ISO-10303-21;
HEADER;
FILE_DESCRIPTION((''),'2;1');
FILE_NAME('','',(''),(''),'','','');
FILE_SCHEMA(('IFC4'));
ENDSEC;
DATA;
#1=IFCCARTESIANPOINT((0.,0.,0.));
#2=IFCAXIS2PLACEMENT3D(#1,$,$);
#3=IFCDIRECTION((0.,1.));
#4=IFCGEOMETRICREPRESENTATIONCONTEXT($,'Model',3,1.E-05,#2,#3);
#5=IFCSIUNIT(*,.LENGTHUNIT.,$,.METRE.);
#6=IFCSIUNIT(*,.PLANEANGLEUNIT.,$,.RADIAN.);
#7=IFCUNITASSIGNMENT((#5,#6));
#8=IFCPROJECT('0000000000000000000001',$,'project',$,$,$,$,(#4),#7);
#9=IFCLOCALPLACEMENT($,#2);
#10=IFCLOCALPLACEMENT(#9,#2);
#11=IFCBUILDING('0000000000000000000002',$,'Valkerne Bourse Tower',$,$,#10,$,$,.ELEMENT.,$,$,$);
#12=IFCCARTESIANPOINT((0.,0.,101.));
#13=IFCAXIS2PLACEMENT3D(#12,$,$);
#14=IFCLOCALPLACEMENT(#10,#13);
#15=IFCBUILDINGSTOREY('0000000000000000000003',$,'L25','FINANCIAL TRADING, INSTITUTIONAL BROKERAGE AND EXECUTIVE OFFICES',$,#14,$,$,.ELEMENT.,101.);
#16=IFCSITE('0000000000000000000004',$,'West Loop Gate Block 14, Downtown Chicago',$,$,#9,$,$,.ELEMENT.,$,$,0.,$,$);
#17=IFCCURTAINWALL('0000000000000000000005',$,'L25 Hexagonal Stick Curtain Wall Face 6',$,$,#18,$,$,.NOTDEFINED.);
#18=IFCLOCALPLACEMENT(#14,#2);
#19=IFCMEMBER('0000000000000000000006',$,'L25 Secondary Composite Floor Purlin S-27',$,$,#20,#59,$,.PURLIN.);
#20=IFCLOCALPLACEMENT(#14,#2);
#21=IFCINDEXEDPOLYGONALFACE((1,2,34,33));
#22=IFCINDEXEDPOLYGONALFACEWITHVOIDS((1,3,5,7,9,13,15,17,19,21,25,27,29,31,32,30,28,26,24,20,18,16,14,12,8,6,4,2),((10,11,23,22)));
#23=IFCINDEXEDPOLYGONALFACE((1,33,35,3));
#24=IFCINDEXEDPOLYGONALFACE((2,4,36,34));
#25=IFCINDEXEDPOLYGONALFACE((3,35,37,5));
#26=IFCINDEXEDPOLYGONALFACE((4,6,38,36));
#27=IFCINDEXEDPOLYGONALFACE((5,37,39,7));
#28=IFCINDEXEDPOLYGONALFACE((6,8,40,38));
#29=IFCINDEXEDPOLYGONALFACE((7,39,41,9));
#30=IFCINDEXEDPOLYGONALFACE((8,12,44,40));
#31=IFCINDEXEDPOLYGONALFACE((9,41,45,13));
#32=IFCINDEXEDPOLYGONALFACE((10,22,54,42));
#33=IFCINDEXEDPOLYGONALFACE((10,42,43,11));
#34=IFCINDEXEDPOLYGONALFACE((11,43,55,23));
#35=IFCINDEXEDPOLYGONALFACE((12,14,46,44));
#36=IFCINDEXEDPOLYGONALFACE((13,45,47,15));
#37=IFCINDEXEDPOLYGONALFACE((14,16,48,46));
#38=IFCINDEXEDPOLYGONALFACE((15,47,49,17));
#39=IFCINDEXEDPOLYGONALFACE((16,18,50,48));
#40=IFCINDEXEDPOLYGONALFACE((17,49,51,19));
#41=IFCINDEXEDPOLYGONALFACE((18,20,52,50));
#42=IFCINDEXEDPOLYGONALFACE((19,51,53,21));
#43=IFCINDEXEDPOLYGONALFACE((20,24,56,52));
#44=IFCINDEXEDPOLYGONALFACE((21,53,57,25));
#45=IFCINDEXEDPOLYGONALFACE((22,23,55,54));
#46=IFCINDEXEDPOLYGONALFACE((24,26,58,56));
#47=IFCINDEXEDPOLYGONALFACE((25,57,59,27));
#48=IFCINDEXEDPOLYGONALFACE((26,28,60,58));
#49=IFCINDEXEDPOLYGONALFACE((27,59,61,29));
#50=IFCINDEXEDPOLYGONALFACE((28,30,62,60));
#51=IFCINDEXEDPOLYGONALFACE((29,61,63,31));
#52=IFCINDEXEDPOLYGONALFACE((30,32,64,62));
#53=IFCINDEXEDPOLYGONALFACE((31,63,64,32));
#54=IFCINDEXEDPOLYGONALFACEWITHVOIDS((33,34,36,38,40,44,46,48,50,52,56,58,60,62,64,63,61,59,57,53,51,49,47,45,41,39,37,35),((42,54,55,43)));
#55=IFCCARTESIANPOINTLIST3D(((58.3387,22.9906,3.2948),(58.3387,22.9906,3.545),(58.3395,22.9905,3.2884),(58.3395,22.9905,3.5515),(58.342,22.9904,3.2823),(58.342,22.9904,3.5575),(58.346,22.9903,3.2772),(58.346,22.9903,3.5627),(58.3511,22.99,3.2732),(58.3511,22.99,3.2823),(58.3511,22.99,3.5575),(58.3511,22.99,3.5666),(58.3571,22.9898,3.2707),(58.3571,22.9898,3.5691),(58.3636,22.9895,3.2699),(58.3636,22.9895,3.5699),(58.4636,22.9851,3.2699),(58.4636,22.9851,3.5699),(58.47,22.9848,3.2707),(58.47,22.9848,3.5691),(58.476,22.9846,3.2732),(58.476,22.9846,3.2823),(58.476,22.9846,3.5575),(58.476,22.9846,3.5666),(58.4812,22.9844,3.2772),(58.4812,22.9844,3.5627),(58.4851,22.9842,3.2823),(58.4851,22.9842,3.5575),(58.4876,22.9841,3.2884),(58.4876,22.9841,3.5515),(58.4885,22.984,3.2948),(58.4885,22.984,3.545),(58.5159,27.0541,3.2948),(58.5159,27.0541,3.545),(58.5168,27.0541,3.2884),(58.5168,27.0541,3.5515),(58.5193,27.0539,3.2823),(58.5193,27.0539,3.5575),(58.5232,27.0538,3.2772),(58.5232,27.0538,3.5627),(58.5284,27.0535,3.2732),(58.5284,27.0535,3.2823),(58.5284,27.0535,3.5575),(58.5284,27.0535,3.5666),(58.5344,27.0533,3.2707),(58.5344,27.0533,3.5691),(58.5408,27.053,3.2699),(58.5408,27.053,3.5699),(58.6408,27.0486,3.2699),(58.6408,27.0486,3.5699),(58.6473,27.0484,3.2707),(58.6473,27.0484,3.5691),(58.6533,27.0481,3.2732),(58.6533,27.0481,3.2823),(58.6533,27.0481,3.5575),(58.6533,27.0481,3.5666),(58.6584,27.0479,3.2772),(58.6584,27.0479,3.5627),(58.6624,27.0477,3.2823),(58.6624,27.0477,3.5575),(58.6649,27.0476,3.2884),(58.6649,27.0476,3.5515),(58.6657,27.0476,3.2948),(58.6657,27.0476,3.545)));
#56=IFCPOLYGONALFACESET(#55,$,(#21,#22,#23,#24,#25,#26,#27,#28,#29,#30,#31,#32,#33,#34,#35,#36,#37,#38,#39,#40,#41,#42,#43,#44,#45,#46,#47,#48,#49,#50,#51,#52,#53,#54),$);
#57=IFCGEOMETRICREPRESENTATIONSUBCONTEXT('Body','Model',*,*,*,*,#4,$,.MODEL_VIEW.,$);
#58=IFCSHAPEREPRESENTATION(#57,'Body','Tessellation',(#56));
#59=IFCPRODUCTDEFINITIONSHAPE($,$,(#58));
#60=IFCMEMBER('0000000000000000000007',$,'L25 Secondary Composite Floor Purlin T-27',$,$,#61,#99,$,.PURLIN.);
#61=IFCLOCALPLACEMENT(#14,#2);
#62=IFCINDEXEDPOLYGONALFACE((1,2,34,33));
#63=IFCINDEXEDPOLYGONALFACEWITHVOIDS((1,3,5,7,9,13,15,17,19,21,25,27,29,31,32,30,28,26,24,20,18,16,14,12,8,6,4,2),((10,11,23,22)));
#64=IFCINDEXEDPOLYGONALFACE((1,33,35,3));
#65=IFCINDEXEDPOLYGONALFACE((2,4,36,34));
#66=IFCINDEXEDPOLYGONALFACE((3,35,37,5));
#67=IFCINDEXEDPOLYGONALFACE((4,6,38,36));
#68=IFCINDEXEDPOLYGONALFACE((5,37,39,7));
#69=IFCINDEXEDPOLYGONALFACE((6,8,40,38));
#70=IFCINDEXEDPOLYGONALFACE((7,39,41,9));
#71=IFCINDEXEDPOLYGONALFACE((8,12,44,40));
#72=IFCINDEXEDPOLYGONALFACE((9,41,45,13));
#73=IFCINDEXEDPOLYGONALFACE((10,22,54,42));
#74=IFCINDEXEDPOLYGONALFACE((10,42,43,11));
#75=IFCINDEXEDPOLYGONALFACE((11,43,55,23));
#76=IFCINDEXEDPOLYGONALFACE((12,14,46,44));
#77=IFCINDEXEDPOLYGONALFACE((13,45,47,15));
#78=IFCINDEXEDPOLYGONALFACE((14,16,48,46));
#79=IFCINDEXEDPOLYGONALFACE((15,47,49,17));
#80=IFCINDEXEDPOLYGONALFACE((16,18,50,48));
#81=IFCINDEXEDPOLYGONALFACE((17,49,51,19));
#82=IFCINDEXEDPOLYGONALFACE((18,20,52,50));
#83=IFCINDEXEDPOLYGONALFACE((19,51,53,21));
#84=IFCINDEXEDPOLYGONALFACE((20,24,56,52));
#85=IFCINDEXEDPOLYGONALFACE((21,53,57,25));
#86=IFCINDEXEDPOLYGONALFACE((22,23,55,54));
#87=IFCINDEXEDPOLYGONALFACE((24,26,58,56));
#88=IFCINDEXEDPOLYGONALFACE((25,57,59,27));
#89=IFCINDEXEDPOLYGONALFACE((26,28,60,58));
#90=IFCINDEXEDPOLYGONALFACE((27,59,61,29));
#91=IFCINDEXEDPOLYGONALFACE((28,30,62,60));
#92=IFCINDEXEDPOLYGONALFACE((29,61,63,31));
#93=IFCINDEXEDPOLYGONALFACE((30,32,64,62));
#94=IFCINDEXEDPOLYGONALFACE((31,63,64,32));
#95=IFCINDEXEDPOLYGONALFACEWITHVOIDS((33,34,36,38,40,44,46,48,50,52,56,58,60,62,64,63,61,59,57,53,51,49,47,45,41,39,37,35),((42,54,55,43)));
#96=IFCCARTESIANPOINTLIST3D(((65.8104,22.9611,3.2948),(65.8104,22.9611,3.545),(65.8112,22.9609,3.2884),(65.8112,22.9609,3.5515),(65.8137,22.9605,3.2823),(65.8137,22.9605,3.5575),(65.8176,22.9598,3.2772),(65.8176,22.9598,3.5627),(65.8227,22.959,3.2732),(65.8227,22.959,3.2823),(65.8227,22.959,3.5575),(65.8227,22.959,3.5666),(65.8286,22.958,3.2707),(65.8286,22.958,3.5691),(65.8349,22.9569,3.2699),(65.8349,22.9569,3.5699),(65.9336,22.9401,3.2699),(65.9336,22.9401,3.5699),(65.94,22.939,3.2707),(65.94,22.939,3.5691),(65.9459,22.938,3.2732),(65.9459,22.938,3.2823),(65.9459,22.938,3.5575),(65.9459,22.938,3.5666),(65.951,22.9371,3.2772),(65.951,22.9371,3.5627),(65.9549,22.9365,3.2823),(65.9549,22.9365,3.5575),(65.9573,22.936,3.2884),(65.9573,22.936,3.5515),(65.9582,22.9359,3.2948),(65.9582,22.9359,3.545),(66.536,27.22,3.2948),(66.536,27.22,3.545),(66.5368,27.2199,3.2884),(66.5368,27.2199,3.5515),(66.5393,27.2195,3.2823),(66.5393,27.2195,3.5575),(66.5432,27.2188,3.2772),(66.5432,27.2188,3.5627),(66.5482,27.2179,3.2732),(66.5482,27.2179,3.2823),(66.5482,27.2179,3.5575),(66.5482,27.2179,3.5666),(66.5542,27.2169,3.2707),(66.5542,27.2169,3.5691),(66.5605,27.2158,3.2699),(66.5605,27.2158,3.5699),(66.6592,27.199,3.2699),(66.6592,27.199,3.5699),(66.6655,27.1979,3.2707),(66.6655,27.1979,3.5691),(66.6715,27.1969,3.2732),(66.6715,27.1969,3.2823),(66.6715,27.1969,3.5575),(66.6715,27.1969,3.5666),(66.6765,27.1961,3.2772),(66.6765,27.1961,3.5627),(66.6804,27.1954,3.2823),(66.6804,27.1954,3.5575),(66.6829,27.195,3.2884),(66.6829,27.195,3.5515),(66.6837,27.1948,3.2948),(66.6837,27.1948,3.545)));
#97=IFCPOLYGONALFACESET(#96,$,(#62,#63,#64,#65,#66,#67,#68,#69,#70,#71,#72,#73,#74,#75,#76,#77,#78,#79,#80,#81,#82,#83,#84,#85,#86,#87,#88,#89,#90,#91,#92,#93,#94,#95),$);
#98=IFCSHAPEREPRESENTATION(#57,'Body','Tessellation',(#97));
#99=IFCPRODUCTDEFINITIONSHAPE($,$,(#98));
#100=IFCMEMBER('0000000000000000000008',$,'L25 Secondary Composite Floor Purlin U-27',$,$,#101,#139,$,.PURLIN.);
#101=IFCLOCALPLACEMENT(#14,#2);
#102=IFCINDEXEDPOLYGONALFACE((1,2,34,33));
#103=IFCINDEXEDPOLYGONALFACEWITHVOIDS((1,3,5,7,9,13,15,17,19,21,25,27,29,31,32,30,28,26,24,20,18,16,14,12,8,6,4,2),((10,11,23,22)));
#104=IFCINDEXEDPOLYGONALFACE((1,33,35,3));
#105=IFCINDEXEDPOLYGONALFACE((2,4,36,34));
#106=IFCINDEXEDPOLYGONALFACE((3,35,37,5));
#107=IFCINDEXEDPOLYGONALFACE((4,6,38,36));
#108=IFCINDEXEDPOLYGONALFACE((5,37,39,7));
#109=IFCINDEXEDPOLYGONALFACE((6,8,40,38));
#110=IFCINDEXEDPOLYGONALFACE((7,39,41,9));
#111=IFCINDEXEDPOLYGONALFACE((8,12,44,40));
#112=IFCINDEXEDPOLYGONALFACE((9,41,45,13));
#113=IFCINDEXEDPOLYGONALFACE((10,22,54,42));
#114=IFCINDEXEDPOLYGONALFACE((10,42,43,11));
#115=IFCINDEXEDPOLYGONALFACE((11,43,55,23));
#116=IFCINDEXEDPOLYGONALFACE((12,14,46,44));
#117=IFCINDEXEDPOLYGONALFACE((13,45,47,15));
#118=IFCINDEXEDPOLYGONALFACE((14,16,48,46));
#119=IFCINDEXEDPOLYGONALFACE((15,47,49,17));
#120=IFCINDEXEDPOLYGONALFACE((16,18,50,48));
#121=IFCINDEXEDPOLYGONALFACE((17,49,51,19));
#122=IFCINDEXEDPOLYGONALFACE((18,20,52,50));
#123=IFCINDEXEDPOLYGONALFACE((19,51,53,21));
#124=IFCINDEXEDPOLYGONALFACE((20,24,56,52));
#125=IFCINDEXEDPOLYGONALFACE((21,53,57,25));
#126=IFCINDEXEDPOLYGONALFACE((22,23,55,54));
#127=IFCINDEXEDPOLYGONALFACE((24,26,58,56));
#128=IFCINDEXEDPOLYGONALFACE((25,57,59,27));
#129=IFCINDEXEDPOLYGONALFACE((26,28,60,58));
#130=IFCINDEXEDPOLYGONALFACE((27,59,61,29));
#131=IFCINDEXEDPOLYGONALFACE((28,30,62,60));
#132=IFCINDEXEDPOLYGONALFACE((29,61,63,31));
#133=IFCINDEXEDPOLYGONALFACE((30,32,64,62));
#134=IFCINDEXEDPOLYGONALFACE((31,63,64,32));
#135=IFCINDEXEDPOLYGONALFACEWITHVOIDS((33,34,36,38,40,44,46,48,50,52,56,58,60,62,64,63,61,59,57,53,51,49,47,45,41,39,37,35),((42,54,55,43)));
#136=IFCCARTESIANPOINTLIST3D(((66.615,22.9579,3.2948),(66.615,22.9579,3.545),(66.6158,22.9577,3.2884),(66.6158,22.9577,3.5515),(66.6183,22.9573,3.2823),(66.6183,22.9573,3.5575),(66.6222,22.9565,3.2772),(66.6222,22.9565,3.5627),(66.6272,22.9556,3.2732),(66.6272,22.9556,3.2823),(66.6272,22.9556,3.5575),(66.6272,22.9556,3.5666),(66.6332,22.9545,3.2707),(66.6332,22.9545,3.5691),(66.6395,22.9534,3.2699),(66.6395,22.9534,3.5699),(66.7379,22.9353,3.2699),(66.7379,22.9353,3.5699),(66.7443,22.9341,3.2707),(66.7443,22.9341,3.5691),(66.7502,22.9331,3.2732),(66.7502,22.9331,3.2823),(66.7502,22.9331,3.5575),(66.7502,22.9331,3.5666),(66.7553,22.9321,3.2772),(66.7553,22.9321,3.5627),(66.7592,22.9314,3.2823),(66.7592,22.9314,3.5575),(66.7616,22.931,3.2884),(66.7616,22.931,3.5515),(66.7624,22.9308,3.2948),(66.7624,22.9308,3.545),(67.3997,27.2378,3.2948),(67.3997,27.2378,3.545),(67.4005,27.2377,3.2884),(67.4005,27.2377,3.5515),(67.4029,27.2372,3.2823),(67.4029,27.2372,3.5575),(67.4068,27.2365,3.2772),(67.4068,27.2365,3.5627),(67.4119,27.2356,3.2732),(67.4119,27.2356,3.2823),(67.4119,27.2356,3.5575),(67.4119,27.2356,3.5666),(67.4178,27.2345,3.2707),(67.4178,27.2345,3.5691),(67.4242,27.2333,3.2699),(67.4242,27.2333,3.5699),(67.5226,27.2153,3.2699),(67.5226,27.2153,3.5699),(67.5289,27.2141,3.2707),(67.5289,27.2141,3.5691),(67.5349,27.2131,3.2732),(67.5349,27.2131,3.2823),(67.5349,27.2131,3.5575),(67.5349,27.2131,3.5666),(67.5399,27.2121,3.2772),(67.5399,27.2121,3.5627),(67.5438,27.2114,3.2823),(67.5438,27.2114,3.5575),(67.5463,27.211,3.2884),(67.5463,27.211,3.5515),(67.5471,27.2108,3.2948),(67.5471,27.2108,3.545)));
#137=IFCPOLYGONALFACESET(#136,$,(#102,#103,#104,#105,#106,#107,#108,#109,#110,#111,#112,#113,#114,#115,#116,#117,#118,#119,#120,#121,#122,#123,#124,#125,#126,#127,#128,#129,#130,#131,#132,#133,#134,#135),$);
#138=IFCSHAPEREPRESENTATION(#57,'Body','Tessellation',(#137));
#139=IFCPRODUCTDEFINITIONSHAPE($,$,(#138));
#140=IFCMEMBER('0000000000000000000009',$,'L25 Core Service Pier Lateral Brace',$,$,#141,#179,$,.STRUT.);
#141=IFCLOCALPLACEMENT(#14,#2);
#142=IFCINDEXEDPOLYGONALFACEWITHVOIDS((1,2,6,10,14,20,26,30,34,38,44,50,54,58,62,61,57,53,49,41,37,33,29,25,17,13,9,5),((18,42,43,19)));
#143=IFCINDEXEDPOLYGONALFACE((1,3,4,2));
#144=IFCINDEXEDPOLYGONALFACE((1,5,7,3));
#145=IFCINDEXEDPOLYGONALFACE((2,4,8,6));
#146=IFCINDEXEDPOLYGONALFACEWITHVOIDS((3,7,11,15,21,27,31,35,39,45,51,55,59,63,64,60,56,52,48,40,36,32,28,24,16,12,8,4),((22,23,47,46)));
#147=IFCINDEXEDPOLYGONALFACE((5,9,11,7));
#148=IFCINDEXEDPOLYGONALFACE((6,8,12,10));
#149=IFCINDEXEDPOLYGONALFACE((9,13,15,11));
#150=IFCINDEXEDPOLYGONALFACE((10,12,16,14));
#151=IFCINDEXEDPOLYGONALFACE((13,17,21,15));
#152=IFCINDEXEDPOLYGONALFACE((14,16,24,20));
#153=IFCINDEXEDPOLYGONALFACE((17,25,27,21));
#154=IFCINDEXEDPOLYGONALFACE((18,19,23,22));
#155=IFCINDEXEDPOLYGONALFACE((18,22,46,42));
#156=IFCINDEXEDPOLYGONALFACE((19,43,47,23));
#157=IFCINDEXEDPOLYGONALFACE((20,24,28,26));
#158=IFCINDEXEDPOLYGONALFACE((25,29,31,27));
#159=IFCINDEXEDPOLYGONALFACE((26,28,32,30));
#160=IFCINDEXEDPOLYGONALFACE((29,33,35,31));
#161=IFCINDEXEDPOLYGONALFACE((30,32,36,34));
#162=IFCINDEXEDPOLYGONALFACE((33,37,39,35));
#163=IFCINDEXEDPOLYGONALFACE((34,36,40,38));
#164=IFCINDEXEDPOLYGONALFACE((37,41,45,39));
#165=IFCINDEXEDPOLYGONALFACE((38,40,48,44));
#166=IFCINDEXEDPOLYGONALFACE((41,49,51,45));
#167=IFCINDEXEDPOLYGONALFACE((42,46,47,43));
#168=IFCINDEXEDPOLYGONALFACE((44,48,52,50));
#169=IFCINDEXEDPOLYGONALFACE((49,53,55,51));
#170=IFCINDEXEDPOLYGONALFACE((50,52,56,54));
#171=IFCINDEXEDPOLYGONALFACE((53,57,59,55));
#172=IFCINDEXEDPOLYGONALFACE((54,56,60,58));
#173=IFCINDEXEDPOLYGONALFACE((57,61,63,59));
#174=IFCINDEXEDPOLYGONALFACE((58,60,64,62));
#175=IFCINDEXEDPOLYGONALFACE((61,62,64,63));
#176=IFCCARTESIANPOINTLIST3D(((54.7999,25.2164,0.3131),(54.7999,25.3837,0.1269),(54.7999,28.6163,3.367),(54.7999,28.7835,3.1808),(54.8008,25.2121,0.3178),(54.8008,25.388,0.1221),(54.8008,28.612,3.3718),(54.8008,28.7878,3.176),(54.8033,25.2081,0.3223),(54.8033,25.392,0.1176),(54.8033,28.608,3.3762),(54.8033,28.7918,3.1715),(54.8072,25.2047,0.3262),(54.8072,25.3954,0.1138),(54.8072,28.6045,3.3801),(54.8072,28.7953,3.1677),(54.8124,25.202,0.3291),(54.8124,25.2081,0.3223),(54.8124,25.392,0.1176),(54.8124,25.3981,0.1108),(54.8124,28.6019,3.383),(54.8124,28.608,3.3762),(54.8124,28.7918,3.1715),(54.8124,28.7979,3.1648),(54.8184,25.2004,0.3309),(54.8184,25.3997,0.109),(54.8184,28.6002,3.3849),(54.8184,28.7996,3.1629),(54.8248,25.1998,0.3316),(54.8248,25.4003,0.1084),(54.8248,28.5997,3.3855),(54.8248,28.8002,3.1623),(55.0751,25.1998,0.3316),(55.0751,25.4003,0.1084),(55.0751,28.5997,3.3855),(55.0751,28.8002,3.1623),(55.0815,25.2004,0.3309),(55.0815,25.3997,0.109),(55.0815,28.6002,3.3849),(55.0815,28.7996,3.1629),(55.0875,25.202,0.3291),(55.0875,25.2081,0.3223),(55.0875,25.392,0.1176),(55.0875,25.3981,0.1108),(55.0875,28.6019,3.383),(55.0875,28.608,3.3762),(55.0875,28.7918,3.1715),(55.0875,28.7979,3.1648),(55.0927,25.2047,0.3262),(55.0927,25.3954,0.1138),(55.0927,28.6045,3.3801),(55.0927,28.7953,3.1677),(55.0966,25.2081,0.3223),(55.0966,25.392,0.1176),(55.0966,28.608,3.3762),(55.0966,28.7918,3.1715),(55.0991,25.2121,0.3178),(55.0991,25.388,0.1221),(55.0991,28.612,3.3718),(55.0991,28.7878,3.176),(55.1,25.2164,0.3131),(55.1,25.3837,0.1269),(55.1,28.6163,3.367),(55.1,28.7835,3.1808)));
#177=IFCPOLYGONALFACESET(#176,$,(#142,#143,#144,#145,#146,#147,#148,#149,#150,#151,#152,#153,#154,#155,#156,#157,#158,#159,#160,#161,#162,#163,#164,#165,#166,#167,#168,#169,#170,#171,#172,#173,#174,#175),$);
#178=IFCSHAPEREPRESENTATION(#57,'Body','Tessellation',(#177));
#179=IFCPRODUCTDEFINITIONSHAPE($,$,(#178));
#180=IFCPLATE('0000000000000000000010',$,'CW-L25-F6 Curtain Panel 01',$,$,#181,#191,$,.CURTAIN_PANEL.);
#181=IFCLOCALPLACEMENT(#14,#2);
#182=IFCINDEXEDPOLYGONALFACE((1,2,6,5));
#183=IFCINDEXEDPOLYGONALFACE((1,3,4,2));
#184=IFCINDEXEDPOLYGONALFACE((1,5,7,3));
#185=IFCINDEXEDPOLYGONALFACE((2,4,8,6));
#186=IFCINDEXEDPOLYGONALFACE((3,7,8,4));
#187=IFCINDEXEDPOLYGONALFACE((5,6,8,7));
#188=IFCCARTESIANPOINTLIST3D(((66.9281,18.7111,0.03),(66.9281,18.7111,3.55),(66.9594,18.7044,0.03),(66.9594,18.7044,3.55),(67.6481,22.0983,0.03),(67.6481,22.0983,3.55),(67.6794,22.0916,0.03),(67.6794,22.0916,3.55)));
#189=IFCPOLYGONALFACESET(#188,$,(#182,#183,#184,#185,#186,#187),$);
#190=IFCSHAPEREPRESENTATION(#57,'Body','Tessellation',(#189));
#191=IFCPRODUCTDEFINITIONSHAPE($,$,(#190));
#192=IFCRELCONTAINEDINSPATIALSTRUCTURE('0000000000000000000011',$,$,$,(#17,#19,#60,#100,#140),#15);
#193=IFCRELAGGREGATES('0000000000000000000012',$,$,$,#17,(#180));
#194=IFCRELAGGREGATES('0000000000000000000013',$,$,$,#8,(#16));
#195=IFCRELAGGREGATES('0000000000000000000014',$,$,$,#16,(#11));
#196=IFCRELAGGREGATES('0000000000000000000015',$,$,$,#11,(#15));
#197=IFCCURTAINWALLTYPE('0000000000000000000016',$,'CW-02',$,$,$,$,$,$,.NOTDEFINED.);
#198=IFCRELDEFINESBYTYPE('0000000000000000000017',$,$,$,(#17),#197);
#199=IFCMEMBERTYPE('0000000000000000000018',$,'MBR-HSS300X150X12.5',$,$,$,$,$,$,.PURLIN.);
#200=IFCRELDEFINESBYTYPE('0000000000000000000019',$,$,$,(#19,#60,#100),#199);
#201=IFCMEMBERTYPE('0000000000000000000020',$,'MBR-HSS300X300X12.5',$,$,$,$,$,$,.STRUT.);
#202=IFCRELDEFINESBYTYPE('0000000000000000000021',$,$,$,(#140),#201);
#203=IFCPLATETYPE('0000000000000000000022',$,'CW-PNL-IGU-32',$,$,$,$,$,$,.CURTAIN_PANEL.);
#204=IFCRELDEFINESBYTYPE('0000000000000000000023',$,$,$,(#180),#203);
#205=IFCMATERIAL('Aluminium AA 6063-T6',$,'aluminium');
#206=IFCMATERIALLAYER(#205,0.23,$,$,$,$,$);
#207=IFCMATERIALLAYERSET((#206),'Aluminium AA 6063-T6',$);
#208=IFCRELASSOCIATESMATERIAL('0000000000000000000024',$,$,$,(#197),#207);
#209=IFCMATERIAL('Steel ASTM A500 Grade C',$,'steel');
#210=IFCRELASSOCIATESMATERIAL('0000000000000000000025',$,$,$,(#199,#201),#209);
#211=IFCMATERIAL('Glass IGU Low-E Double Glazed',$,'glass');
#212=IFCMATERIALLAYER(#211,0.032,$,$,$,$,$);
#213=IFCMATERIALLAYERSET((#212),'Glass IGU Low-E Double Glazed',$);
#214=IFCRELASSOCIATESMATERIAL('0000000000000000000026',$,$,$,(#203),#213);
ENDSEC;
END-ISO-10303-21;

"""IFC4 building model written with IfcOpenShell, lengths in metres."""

from ifc_helpers import new_model, si_unit, direction, frame, origin, origin_2d, place, context, subcontext, project, spatial, rectangle, hollow_rectangle, extrude, material, layer, layer_set, material_profile, profile_set, type_object, element, aggregate, save


model = new_model("IFC4")

# Units and contexts
model_context = context("Model", 3, precision=1e-05, world=origin(), true_north=direction((0.0, 1.0)))
body_context = subcontext(model_context, "Body", "Model", "MODEL_VIEW")
ifc_project = project(units=[si_unit("LENGTHUNIT", "METRE"), si_unit("PLANEANGLEUNIT", "RADIAN")], contexts=[model_context])

# Site, building, storey
site_placement = place(None, origin())
site = spatial("IfcSite", under=ifc_project, at=site_placement, Name="West Loop Gate Block 14, Downtown Chicago", CompositionType="ELEMENT", RefElevation=0.0)
building_placement = place(site_placement, origin())
building = spatial("IfcBuilding", under=site, at=building_placement, Name="Valkerne Bourse Tower", CompositionType="ELEMENT")
storey_placement = place(building_placement, frame((0.0, 0.0, 101.0)))
storey = spatial("IfcBuildingStorey", under=building, at=storey_placement, Name="L25", Description="FINANCIAL TRADING, INSTITUTIONAL BROKERAGE AND EXECUTIVE OFFICES", CompositionType="ELEMENT", Elevation=101.0)

# Curtain wall
ifc_material_1 = material(Name="Aluminium AA 6063-T6", Category="aluminium")
ifc_layer_1 = layer(ifc_material_1, 0.23)
ifc_layer_set_1 = layer_set([ifc_layer_1], Name="Aluminium AA 6063-T6")
curtain_wall_type = type_object("IfcCurtainWallType", Name="CW-02", PredefinedType="NOTDEFINED", material=ifc_layer_set_1)
curtain_wall_placement = place(storey_placement, origin())
curtain_wall = element("IfcCurtainWall", 1, at=curtain_wall_placement, inside=storey, type_object=curtain_wall_type, Name="L25 Hexagonal Stick Curtain Wall Face 6", PredefinedType="NOTDEFINED")

# Members
ifc_material_2 = material(Name="Steel ASTM A500 Grade C", Category="steel")
ifc_material_profile_1 = material_profile(ifc_material_2, hollow_rectangle(XDim=0.1499, YDim=0.3, WallThickness=0.0125, OuterFilletRadius=0.0249, at=origin_2d()), Name="HSS300X150X12.5")
ifc_profile_set_1 = profile_set([ifc_material_profile_1], Name="Steel ASTM A500 Grade C")
member_type_1 = type_object("IfcMemberType", Name="MBR-HSS300X150X12.5", PredefinedType="PURLIN", material=ifc_profile_set_1)
member_1_placement = place(storey_placement, frame((58.4136, 22.9873, 3.4199), z_axis=(0.043578, 0.99905, 0.0), x_axis=(-0.99905, 0.043578, 0.0)))
element("IfcMember", 2, at=member_1_placement, inside=storey, type_object=member_type_1, Name="L25 Secondary Composite Floor Purlin S-27", PredefinedType="PURLIN", context=body_context, shape_type="SweptSolid", body=[
    extrude(hollow_rectangle(XDim=0.1499, YDim=0.3, WallThickness=0.0125, OuterFilletRadius=0.0249, at=origin_2d()), origin(), (0.0, 0.0, 1.0), 4.0674),
])
member_2_placement = place(storey_placement, frame((65.8843, 22.9485, 3.4199), z_axis=(0.167944, 0.985796, 0.0), x_axis=(-0.985796, 0.167944, 0.0)))
element("IfcMember", 3, at=member_2_placement, inside=storey, type_object=member_type_1, Name="L25 Secondary Composite Floor Purlin T-27", PredefinedType="PURLIN", context=body_context, shape_type="SweptSolid", body=[
    extrude(hollow_rectangle(XDim=0.1499, YDim=0.3, WallThickness=0.0125, OuterFilletRadius=0.0249, at=origin_2d()), origin(), (0.0, 0.0, 1.0), 4.3203),
])
member_3_placement = place(storey_placement, frame((66.6887, 22.9443, 3.4199), z_axis=(0.180327, 0.983607, 0.0), x_axis=(-0.983607, 0.180327, 0.0)))
element("IfcMember", 4, at=member_3_placement, inside=storey, type_object=member_type_1, Name="L25 Secondary Composite Floor Purlin U-27", PredefinedType="PURLIN", context=body_context, shape_type="SweptSolid", body=[
    extrude(hollow_rectangle(XDim=0.1499, YDim=0.3, WallThickness=0.0125, OuterFilletRadius=0.0249, at=origin_2d()), origin(), (0.0, 0.0, 1.0), 4.3513),
])
ifc_material_profile_2 = material_profile(ifc_material_2, hollow_rectangle(XDim=0.3, YDim=0.3, WallThickness=0.0125, OuterFilletRadius=0.0249, at=origin_2d()), Name="HSS300X300X12.5")
ifc_profile_set_2 = profile_set([ifc_material_profile_2], Name="Steel ASTM A500 Grade C")
member_type_2 = type_object("IfcMemberType", Name="MBR-HSS300X300X12.5", PredefinedType="STRUT", material=ifc_profile_set_2)
member_4_placement = place(storey_placement, frame((54.95, 25.3, 0.22), z_axis=(0.0, 0.743942, 0.668244), x_axis=(-1.0, 0.0, 0.0)))
element("IfcMember", 5, at=member_4_placement, inside=storey, type_object=member_type_2, Name="L25 Core Service Pier Lateral Brace", PredefinedType="STRUT", context=body_context, shape_type="SweptSolid", body=[
    extrude(hollow_rectangle(XDim=0.3, YDim=0.3, WallThickness=0.0125, OuterFilletRadius=0.0249, at=origin_2d()), origin(), (0.0, 0.0, 1.0), 4.5701),
])

# Plate
ifc_material_3 = material(Name="Glass IGU Low-E Double Glazed", Category="glass")
ifc_layer_2 = layer(ifc_material_3, 0.032)
ifc_layer_set_2 = layer_set([ifc_layer_2], Name="Glass IGU Low-E Double Glazed")
plate_type_1 = type_object("IfcPlateType", Name="CW-PNL-IGU-32", PredefinedType="CURTAIN_PANEL", material=ifc_layer_set_2)
plate_1_placement = place(storey_placement, frame((67.3037, 20.4014, 0.03), z_axis=(0.0, 0.0, 1.0), x_axis=(0.207918, 0.978146, 0.0)))
plate_1 = element("IfcPlate", 6, at=plate_1_placement, type_object=plate_type_1, Name="CW-L25-F6 Curtain Panel 01", PredefinedType="CURTAIN_PANEL", context=body_context, shape_type="SweptSolid", body=[
    extrude(rectangle(XDim=3.4629, YDim=0.032, at=origin_2d()), origin(), (0.0, 0.0, 1.0), 3.52),
])
aggregate(curtain_wall, [plate_1])

save(model, "model.ifc")
